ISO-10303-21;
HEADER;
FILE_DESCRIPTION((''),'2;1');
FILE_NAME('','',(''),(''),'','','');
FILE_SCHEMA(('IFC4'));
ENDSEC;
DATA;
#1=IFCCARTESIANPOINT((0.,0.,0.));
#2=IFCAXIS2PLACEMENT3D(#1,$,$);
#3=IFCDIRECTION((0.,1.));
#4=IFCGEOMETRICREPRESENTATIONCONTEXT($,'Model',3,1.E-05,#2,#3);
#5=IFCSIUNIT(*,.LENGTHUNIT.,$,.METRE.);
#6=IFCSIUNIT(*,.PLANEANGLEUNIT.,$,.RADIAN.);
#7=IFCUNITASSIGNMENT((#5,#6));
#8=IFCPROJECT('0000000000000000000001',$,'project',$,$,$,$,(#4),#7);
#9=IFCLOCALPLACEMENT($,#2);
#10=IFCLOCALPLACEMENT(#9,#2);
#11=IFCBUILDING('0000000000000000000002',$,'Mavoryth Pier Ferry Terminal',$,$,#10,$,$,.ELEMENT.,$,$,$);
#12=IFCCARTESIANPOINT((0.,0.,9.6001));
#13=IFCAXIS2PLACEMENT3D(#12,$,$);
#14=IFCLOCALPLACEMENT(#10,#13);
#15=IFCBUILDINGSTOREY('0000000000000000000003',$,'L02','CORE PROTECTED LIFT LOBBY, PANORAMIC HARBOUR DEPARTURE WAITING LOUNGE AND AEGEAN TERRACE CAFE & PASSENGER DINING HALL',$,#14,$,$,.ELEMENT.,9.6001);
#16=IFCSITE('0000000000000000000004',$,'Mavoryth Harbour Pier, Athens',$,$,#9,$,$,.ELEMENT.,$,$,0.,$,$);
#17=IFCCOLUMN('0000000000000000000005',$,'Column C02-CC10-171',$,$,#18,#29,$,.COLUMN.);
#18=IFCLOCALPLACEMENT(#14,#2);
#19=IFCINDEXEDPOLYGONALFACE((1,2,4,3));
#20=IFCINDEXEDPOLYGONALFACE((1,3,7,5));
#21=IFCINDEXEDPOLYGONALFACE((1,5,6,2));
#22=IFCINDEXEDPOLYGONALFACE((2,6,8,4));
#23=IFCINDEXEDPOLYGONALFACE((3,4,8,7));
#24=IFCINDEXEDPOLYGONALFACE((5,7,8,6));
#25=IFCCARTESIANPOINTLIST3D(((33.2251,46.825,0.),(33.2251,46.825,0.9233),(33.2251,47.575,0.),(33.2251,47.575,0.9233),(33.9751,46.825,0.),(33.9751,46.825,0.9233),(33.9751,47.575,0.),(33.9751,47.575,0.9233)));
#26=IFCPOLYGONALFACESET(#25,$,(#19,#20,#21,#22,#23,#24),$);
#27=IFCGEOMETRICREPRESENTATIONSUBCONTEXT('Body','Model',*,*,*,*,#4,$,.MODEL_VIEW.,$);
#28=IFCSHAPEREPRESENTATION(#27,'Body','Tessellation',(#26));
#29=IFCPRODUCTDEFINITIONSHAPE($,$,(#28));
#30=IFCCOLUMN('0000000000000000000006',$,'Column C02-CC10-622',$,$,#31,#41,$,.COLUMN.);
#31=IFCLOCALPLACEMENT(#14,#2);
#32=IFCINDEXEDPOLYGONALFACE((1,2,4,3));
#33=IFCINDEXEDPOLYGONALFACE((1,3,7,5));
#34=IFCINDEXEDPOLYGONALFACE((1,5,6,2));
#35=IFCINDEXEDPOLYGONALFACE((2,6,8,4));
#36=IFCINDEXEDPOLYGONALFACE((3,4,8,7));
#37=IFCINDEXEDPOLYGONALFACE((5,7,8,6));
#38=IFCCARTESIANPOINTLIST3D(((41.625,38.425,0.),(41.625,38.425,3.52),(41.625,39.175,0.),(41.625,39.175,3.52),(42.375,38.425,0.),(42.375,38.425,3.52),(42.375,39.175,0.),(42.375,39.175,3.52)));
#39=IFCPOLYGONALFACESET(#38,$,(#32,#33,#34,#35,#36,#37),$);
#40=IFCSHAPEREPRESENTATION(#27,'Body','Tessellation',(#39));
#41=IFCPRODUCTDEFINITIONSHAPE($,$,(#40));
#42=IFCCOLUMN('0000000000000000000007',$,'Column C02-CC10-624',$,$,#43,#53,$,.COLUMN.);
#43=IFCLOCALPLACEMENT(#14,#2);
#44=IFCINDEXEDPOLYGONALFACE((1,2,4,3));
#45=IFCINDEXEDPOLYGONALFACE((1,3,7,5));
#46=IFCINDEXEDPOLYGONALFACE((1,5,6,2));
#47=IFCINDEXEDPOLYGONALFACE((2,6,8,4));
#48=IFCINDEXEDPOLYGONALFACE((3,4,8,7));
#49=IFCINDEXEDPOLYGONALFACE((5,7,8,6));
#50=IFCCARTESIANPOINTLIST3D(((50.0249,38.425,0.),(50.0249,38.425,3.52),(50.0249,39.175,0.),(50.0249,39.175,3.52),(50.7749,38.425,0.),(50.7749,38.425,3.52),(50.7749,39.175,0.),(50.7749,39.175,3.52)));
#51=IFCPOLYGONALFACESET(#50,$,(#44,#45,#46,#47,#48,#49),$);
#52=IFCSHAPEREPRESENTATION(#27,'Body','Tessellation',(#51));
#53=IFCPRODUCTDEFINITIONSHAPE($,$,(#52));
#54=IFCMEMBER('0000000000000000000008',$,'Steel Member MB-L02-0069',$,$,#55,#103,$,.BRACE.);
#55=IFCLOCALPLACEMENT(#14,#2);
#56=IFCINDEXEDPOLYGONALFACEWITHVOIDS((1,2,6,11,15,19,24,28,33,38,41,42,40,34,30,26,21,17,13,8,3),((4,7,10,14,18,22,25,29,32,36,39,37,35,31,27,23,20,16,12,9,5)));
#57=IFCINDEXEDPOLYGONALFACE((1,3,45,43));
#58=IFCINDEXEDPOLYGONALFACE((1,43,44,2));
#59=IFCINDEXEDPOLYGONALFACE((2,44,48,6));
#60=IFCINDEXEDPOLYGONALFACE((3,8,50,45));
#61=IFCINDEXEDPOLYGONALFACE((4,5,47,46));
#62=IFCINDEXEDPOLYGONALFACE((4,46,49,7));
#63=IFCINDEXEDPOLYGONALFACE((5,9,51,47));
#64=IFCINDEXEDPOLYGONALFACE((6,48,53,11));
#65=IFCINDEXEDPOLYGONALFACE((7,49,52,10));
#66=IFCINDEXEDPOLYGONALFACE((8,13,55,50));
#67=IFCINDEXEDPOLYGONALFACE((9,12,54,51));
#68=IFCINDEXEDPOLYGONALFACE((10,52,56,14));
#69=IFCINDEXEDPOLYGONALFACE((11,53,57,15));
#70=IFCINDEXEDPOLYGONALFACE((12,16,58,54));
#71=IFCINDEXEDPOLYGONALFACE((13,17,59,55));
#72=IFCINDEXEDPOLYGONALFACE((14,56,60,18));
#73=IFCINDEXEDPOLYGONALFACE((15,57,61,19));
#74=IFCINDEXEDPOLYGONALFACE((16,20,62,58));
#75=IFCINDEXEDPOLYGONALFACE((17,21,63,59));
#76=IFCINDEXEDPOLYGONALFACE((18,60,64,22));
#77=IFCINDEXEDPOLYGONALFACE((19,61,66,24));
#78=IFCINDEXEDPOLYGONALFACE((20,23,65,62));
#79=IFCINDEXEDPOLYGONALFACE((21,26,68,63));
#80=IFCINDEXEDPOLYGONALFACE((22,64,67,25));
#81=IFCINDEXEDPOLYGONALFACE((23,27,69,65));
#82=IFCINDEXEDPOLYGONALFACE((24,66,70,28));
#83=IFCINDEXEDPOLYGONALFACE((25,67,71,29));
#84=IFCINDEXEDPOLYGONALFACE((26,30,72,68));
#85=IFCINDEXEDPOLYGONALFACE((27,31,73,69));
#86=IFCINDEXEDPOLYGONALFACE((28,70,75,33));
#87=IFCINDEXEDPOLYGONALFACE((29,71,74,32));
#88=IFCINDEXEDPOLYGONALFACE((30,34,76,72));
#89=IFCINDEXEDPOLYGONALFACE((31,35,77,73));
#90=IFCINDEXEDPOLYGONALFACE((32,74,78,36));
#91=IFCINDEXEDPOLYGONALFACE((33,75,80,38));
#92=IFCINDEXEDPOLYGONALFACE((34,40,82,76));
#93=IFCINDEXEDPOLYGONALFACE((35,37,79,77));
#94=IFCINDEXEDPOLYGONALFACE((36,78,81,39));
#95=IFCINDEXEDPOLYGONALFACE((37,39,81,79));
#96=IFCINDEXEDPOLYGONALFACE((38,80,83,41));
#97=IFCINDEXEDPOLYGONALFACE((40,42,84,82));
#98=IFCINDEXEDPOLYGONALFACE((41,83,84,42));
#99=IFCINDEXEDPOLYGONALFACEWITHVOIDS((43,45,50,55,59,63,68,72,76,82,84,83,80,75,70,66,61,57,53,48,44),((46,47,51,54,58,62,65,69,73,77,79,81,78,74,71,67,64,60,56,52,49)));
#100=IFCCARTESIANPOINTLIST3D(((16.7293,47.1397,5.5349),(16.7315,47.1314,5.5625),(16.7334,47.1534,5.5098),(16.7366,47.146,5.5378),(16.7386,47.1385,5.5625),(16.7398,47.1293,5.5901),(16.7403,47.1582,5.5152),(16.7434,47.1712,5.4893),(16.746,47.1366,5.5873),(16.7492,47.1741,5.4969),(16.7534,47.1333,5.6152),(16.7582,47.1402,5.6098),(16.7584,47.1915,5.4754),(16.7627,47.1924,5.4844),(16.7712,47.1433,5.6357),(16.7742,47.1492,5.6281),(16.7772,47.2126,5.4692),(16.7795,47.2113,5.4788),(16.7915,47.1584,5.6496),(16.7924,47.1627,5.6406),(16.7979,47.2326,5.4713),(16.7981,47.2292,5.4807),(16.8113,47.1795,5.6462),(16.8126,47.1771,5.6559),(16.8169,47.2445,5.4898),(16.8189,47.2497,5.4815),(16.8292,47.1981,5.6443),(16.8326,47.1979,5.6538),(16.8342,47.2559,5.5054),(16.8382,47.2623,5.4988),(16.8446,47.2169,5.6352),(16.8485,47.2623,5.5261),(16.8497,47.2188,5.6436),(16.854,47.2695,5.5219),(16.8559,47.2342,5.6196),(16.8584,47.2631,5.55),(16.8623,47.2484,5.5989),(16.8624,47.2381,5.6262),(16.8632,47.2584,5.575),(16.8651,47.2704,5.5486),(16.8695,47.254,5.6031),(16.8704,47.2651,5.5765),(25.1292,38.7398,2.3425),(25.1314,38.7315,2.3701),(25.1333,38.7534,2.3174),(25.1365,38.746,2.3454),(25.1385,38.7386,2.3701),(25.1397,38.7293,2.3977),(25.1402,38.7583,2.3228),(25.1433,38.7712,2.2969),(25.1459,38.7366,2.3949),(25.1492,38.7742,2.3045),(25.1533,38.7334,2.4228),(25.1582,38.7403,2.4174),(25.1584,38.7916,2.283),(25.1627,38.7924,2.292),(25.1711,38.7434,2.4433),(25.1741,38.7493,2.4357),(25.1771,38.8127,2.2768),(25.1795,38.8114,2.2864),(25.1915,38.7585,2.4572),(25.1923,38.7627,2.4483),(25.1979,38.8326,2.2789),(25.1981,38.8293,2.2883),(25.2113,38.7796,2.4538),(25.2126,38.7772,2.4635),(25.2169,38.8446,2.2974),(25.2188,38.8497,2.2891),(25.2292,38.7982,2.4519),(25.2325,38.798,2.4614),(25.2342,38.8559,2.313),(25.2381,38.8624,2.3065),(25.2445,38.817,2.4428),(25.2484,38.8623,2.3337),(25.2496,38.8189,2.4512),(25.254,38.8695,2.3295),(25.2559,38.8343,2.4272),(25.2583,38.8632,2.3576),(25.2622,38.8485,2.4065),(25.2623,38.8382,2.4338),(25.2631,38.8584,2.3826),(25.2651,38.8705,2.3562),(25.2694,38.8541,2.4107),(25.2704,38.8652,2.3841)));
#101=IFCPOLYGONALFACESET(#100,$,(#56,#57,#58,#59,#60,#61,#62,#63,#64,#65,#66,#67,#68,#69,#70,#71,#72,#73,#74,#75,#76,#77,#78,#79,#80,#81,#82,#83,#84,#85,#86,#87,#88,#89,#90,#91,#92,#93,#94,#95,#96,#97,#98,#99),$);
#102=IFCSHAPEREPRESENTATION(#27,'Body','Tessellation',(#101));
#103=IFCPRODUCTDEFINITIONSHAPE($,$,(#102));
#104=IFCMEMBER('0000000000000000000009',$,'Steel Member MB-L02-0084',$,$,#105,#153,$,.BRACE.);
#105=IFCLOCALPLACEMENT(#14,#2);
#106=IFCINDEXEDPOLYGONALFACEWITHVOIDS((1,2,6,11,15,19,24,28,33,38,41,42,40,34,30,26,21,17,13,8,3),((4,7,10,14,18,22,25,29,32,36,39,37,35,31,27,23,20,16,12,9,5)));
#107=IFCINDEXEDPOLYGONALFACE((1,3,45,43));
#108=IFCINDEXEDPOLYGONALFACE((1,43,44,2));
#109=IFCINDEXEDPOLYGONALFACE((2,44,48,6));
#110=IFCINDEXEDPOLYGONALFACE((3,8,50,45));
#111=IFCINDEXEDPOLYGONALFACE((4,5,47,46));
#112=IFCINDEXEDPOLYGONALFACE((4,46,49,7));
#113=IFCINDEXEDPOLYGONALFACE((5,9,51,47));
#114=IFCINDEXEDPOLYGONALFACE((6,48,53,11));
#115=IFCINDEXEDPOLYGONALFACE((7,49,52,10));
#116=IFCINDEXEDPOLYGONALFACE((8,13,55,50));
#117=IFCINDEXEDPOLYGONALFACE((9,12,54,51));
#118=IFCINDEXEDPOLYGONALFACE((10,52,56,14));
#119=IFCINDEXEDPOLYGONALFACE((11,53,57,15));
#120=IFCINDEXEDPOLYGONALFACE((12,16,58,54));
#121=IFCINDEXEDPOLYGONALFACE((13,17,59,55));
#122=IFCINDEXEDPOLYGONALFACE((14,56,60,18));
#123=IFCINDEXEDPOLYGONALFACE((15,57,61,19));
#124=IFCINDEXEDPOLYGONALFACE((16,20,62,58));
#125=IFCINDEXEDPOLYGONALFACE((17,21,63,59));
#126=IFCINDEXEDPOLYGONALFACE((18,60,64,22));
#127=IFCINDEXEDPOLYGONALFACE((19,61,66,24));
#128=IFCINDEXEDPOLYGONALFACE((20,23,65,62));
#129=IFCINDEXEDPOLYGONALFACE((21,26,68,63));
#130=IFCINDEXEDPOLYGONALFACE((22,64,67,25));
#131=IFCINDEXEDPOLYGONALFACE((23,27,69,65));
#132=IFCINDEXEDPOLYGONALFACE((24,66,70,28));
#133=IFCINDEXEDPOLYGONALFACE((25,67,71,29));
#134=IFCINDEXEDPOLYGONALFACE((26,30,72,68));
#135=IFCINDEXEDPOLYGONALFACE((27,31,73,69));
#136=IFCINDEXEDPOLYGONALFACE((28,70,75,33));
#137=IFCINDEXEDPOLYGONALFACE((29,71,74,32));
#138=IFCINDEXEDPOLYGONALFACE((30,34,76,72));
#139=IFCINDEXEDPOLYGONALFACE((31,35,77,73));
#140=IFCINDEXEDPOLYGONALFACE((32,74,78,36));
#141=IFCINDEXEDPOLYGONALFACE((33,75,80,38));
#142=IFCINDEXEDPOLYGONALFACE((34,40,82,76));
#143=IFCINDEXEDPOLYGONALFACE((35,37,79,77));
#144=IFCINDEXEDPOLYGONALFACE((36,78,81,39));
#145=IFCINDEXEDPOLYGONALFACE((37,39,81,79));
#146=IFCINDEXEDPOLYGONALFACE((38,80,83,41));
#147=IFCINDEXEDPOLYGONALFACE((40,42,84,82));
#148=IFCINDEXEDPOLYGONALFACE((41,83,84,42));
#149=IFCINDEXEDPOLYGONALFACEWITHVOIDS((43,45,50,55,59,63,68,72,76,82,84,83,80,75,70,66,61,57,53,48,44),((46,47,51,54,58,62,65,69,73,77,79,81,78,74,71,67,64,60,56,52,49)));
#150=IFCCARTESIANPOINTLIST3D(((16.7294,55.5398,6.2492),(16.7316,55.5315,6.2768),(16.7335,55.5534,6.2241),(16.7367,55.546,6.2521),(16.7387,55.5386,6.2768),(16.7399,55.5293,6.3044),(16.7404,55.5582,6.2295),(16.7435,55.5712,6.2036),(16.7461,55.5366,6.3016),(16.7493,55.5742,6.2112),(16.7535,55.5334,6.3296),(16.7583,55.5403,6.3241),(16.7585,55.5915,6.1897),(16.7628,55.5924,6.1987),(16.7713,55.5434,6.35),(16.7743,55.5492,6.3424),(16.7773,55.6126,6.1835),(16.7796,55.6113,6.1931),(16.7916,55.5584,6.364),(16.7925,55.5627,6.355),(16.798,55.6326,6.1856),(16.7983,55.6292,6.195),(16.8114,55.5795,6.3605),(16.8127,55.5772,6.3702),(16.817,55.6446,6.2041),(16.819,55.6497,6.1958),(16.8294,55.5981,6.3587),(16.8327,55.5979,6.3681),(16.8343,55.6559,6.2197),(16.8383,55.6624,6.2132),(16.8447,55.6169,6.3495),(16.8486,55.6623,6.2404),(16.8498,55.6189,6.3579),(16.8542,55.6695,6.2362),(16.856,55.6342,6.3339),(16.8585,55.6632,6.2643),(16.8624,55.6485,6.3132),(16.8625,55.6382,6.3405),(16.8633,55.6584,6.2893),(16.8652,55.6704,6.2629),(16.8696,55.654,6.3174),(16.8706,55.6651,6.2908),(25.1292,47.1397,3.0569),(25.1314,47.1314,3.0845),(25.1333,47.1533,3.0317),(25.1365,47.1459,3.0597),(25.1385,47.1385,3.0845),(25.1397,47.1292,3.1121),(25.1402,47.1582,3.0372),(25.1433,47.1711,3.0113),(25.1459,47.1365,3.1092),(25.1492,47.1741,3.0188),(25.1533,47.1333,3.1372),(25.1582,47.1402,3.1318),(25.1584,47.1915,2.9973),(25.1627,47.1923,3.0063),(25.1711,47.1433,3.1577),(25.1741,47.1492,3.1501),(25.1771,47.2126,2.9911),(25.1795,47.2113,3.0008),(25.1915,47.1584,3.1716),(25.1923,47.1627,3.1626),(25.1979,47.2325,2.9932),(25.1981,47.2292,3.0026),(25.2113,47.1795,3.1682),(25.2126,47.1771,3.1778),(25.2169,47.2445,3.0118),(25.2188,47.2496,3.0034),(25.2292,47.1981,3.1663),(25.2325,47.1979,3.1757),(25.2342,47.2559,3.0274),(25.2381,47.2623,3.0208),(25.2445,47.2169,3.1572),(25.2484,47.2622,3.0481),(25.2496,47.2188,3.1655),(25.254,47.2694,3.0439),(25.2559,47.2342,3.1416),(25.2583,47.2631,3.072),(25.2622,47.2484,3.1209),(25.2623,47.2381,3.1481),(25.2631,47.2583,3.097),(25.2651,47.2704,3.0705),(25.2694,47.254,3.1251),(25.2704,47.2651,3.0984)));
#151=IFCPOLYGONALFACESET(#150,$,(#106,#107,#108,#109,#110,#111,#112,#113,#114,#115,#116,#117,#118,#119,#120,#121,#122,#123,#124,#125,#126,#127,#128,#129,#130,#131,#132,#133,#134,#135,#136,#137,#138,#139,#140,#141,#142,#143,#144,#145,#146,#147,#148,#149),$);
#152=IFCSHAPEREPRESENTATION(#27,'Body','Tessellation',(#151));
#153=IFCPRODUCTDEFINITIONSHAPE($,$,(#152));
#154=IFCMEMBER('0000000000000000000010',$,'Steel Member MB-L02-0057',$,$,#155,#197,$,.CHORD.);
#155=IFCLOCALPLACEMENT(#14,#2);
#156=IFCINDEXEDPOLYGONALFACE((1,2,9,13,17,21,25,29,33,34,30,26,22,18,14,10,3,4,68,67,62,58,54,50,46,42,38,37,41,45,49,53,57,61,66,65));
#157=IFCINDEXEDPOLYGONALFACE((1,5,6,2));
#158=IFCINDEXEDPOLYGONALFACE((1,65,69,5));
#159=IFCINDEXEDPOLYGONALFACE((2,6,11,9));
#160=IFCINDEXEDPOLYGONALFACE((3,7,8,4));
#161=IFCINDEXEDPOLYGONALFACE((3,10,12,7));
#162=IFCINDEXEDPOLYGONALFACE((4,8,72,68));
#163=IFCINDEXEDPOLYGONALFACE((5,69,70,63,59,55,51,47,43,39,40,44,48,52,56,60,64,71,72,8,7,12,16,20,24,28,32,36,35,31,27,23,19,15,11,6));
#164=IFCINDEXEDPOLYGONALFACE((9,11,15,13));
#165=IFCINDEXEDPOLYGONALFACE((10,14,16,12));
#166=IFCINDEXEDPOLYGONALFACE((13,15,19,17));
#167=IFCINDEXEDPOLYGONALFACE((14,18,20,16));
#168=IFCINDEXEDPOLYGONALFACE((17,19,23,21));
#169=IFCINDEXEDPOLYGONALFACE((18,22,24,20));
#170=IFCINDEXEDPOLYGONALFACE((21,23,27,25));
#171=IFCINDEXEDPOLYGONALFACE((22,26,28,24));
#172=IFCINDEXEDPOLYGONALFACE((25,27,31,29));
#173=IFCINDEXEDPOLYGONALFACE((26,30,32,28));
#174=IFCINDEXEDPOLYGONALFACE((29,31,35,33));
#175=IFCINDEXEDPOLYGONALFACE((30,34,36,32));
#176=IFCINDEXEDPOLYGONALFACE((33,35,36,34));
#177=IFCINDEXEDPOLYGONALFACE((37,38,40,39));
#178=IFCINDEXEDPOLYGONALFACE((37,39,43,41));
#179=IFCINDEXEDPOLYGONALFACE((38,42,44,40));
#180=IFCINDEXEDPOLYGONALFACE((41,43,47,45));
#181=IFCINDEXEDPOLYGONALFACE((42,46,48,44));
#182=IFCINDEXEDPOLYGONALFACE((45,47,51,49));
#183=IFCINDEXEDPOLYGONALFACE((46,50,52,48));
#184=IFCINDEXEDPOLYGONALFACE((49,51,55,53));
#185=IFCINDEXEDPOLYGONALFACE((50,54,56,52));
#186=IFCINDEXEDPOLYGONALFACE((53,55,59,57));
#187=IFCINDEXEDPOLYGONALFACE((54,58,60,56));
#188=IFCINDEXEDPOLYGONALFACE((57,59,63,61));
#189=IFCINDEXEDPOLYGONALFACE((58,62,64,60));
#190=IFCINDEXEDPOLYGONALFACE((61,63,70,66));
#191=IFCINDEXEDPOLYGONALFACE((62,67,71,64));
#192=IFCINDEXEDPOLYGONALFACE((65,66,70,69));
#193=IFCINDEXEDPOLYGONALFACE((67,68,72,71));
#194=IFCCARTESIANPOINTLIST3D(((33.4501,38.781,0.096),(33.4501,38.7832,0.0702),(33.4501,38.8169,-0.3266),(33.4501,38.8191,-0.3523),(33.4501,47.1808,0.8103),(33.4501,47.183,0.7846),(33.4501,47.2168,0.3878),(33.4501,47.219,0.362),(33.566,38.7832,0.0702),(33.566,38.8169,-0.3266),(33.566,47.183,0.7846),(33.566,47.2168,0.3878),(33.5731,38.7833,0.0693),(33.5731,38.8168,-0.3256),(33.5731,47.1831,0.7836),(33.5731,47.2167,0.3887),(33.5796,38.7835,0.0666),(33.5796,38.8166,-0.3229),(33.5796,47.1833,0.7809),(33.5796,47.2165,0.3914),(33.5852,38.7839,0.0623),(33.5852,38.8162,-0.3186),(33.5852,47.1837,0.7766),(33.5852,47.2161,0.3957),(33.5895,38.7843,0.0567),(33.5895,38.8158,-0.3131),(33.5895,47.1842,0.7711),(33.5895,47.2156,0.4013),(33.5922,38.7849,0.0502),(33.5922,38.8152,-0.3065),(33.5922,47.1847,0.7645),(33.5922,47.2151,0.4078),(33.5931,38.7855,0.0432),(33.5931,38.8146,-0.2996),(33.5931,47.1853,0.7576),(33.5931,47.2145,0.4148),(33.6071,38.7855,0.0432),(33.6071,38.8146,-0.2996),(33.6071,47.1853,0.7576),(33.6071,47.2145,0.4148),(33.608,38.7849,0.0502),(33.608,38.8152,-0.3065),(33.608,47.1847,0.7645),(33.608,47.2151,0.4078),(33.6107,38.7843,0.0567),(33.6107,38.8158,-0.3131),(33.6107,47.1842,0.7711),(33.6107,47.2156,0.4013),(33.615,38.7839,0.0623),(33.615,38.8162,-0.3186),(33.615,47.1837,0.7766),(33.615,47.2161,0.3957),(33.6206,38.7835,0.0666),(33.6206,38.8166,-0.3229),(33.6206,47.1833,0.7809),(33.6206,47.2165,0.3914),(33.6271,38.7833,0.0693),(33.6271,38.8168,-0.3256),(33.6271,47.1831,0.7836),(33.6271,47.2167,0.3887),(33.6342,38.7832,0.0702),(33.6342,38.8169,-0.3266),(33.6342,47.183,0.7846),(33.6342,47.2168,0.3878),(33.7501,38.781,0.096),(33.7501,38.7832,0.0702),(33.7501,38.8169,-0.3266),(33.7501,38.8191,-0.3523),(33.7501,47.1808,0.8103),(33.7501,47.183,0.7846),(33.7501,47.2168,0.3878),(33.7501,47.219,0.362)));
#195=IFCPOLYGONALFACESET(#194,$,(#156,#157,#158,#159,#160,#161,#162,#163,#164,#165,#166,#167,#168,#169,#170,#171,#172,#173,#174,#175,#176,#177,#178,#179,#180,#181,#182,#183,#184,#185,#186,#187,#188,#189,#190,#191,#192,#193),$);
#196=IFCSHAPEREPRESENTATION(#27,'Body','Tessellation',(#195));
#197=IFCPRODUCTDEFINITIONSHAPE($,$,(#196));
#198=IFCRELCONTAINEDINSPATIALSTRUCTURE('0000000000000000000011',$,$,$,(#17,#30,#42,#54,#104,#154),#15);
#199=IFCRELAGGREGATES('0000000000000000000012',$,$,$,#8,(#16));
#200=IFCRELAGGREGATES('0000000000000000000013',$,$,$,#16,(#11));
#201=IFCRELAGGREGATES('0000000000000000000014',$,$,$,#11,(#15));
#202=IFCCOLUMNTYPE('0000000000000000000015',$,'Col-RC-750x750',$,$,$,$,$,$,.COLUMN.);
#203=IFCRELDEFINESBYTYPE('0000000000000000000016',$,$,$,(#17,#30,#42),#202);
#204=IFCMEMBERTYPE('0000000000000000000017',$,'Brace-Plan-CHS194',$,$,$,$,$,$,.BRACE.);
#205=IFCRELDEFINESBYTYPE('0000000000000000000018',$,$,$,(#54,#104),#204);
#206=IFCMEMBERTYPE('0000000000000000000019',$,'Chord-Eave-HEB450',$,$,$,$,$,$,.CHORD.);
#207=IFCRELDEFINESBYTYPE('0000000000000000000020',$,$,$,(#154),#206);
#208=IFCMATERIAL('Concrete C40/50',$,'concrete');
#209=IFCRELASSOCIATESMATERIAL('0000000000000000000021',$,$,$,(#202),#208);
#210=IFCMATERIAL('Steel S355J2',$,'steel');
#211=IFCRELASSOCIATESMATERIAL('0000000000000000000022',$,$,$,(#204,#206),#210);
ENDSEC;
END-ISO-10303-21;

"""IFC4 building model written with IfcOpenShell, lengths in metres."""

from ifc_helpers import new_model, si_unit, direction, frame, origin, origin_2d, place, context, subcontext, project, spatial, rectangle, hollow_circle, i_section, extrude, material, material_profile, profile_set, type_object, element, save


model = new_model("IFC4")

# Units and contexts
model_context = context("Model", 3, precision=1e-05, world=origin(), true_north=direction((0.0, 1.0)))
body_context = subcontext(model_context, "Body", "Model", "MODEL_VIEW")
ifc_project = project(units=[si_unit("LENGTHUNIT", "METRE"), si_unit("PLANEANGLEUNIT", "RADIAN")], contexts=[model_context])

# Site, building, storey
site_placement = place(None, origin())
site = spatial("IfcSite", under=ifc_project, at=site_placement, Name="Mavoryth Harbour Pier, Athens", CompositionType="ELEMENT", RefElevation=0.0)
building_placement = place(site_placement, origin())
building = spatial("IfcBuilding", under=site, at=building_placement, Name="Mavoryth Pier Ferry Terminal", CompositionType="ELEMENT")
storey_placement = place(building_placement, frame((0.0, 0.0, 9.6001)))
storey = spatial("IfcBuildingStorey", under=building, at=storey_placement, Name="L02", Description="CORE PROTECTED LIFT LOBBY, PANORAMIC HARBOUR DEPARTURE WAITING LOUNGE AND AEGEAN TERRACE CAFE & PASSENGER DINING HALL", CompositionType="ELEMENT", Elevation=9.6001)

# Columns
ifc_material_1 = material(Name="Concrete C40/50", Category="concrete")
ifc_material_profile_1 = material_profile(ifc_material_1, rectangle(XDim=0.75, YDim=0.75, at=origin_2d()), Name="RC 750x750", Category="concrete")
ifc_profile_set_1 = profile_set([ifc_material_profile_1], Name="Concrete C40/50 - RC 750x750")
column_type = type_object("IfcColumnType", Name="Col-RC-750x750", PredefinedType="COLUMN", material=ifc_profile_set_1)
column_placement = place(storey_placement, frame((33.6001, 47.2, 0.0), z_axis=(0.0, 0.0, 1.0), x_axis=(1.0, 0.0, 0.0)))
element("IfcColumn", 1, at=column_placement, inside=storey, type_object=column_type, Name="Column C02-CC10-171", PredefinedType="COLUMN", context=body_context, shape_type="SweptSolid", body=[
    extrude(rectangle(XDim=0.75, YDim=0.75, at=origin_2d()), origin(), (0.0, 0.0, 1.0), 0.9233),
])
for number, where, z_axis, x_axis, name in (
    (2, (42.0, 38.8, 0.0), (0.0, 0.0, 1.0), (1.0, 0.0, 0.0), "Column C02-CC10-622"),
    (3, (50.3999, 38.8, 0.0), (0.0, 0.0, 1.0), (1.0, 0.0, 0.0), "Column C02-CC10-624"),
):
    element("IfcColumn", number, at=place(storey_placement, frame(where, z_axis=z_axis, x_axis=x_axis)), inside=storey, type_object=column_type, Name=name, PredefinedType="COLUMN", context=body_context, shape_type="SweptSolid", body=[
        extrude(rectangle(XDim=0.75, YDim=0.75, at=origin_2d()), origin(), (0.0, 0.0, 1.0), 3.52),
    ])

# Members
ifc_material_2 = material(Name="Steel S355J2", Category="steel")
ifc_material_profile_2 = material_profile(ifc_material_2, hollow_circle(Radius=0.0969, WallThickness=0.01, at=origin_2d()), Name="CHS 193.7x10.0", Category="steel")
ifc_profile_set_2 = profile_set([ifc_material_profile_2], Name="Steel S355J2 - CHS 193.7x10.0")
member_type_1 = type_object("IfcMemberType", Name="Brace-Plan-CHS194", PredefinedType="BRACE", material=ifc_profile_set_2)
for number, where, z_axis, x_axis, name in (
    (4, (25.2, 38.8, 2.3701), (-0.682878, 0.682878, 0.259528), (-0.707107, -0.707107, 0.0), "Steel Member MB-L02-0069"),
    (5, (25.2, 47.2, 3.0845), (-0.682869, 0.682889, 0.259524), (-0.707117, -0.707097, 0.0), "Steel Member MB-L02-0084"),
):
    element("IfcMember", number, at=place(storey_placement, frame(where, z_axis=z_axis, x_axis=x_axis)), inside=storey, type_object=member_type_1, Name=name, PredefinedType="BRACE", context=body_context, shape_type="SweptSolid", body=[
        extrude(hollow_circle(Radius=0.0969, WallThickness=0.01, at=origin_2d()), origin(), (0.0, 0.0, 1.0), 12.3008),
    ])
ifc_material_profile_3 = material_profile(ifc_material_2, i_section(OverallWidth=0.3, OverallDepth=0.45, WebThickness=0.0139, FlangeThickness=0.0259, FilletRadius=0.0271, at=origin_2d()), Name="HEB 450", Category="steel")
ifc_profile_set_3 = profile_set([ifc_material_profile_3], Name="Steel S355J2 - HEB 450")
member_type_2 = type_object("IfcMemberType", Name="Chord-Eave-HEB450", PredefinedType="CHORD", material=ifc_profile_set_3)
member_1_placement = place(storey_placement, frame((33.6001, 38.8, -0.1282), z_axis=(0.0, 0.996403, 0.084737), x_axis=(-1.0, 0.0, 0.0)))
element("IfcMember", 6, at=member_1_placement, inside=storey, type_object=member_type_2, Name="Steel Member MB-L02-0057", PredefinedType="CHORD", context=body_context, shape_type="SweptSolid", body=[
    extrude(i_section(OverallWidth=0.3, OverallDepth=0.45, WebThickness=0.0139, FlangeThickness=0.0259, FilletRadius=0.0271, at=origin_2d()), origin(), (0.0, 0.0, 1.0), 8.4302),
])

save(model, "model.ifc")
